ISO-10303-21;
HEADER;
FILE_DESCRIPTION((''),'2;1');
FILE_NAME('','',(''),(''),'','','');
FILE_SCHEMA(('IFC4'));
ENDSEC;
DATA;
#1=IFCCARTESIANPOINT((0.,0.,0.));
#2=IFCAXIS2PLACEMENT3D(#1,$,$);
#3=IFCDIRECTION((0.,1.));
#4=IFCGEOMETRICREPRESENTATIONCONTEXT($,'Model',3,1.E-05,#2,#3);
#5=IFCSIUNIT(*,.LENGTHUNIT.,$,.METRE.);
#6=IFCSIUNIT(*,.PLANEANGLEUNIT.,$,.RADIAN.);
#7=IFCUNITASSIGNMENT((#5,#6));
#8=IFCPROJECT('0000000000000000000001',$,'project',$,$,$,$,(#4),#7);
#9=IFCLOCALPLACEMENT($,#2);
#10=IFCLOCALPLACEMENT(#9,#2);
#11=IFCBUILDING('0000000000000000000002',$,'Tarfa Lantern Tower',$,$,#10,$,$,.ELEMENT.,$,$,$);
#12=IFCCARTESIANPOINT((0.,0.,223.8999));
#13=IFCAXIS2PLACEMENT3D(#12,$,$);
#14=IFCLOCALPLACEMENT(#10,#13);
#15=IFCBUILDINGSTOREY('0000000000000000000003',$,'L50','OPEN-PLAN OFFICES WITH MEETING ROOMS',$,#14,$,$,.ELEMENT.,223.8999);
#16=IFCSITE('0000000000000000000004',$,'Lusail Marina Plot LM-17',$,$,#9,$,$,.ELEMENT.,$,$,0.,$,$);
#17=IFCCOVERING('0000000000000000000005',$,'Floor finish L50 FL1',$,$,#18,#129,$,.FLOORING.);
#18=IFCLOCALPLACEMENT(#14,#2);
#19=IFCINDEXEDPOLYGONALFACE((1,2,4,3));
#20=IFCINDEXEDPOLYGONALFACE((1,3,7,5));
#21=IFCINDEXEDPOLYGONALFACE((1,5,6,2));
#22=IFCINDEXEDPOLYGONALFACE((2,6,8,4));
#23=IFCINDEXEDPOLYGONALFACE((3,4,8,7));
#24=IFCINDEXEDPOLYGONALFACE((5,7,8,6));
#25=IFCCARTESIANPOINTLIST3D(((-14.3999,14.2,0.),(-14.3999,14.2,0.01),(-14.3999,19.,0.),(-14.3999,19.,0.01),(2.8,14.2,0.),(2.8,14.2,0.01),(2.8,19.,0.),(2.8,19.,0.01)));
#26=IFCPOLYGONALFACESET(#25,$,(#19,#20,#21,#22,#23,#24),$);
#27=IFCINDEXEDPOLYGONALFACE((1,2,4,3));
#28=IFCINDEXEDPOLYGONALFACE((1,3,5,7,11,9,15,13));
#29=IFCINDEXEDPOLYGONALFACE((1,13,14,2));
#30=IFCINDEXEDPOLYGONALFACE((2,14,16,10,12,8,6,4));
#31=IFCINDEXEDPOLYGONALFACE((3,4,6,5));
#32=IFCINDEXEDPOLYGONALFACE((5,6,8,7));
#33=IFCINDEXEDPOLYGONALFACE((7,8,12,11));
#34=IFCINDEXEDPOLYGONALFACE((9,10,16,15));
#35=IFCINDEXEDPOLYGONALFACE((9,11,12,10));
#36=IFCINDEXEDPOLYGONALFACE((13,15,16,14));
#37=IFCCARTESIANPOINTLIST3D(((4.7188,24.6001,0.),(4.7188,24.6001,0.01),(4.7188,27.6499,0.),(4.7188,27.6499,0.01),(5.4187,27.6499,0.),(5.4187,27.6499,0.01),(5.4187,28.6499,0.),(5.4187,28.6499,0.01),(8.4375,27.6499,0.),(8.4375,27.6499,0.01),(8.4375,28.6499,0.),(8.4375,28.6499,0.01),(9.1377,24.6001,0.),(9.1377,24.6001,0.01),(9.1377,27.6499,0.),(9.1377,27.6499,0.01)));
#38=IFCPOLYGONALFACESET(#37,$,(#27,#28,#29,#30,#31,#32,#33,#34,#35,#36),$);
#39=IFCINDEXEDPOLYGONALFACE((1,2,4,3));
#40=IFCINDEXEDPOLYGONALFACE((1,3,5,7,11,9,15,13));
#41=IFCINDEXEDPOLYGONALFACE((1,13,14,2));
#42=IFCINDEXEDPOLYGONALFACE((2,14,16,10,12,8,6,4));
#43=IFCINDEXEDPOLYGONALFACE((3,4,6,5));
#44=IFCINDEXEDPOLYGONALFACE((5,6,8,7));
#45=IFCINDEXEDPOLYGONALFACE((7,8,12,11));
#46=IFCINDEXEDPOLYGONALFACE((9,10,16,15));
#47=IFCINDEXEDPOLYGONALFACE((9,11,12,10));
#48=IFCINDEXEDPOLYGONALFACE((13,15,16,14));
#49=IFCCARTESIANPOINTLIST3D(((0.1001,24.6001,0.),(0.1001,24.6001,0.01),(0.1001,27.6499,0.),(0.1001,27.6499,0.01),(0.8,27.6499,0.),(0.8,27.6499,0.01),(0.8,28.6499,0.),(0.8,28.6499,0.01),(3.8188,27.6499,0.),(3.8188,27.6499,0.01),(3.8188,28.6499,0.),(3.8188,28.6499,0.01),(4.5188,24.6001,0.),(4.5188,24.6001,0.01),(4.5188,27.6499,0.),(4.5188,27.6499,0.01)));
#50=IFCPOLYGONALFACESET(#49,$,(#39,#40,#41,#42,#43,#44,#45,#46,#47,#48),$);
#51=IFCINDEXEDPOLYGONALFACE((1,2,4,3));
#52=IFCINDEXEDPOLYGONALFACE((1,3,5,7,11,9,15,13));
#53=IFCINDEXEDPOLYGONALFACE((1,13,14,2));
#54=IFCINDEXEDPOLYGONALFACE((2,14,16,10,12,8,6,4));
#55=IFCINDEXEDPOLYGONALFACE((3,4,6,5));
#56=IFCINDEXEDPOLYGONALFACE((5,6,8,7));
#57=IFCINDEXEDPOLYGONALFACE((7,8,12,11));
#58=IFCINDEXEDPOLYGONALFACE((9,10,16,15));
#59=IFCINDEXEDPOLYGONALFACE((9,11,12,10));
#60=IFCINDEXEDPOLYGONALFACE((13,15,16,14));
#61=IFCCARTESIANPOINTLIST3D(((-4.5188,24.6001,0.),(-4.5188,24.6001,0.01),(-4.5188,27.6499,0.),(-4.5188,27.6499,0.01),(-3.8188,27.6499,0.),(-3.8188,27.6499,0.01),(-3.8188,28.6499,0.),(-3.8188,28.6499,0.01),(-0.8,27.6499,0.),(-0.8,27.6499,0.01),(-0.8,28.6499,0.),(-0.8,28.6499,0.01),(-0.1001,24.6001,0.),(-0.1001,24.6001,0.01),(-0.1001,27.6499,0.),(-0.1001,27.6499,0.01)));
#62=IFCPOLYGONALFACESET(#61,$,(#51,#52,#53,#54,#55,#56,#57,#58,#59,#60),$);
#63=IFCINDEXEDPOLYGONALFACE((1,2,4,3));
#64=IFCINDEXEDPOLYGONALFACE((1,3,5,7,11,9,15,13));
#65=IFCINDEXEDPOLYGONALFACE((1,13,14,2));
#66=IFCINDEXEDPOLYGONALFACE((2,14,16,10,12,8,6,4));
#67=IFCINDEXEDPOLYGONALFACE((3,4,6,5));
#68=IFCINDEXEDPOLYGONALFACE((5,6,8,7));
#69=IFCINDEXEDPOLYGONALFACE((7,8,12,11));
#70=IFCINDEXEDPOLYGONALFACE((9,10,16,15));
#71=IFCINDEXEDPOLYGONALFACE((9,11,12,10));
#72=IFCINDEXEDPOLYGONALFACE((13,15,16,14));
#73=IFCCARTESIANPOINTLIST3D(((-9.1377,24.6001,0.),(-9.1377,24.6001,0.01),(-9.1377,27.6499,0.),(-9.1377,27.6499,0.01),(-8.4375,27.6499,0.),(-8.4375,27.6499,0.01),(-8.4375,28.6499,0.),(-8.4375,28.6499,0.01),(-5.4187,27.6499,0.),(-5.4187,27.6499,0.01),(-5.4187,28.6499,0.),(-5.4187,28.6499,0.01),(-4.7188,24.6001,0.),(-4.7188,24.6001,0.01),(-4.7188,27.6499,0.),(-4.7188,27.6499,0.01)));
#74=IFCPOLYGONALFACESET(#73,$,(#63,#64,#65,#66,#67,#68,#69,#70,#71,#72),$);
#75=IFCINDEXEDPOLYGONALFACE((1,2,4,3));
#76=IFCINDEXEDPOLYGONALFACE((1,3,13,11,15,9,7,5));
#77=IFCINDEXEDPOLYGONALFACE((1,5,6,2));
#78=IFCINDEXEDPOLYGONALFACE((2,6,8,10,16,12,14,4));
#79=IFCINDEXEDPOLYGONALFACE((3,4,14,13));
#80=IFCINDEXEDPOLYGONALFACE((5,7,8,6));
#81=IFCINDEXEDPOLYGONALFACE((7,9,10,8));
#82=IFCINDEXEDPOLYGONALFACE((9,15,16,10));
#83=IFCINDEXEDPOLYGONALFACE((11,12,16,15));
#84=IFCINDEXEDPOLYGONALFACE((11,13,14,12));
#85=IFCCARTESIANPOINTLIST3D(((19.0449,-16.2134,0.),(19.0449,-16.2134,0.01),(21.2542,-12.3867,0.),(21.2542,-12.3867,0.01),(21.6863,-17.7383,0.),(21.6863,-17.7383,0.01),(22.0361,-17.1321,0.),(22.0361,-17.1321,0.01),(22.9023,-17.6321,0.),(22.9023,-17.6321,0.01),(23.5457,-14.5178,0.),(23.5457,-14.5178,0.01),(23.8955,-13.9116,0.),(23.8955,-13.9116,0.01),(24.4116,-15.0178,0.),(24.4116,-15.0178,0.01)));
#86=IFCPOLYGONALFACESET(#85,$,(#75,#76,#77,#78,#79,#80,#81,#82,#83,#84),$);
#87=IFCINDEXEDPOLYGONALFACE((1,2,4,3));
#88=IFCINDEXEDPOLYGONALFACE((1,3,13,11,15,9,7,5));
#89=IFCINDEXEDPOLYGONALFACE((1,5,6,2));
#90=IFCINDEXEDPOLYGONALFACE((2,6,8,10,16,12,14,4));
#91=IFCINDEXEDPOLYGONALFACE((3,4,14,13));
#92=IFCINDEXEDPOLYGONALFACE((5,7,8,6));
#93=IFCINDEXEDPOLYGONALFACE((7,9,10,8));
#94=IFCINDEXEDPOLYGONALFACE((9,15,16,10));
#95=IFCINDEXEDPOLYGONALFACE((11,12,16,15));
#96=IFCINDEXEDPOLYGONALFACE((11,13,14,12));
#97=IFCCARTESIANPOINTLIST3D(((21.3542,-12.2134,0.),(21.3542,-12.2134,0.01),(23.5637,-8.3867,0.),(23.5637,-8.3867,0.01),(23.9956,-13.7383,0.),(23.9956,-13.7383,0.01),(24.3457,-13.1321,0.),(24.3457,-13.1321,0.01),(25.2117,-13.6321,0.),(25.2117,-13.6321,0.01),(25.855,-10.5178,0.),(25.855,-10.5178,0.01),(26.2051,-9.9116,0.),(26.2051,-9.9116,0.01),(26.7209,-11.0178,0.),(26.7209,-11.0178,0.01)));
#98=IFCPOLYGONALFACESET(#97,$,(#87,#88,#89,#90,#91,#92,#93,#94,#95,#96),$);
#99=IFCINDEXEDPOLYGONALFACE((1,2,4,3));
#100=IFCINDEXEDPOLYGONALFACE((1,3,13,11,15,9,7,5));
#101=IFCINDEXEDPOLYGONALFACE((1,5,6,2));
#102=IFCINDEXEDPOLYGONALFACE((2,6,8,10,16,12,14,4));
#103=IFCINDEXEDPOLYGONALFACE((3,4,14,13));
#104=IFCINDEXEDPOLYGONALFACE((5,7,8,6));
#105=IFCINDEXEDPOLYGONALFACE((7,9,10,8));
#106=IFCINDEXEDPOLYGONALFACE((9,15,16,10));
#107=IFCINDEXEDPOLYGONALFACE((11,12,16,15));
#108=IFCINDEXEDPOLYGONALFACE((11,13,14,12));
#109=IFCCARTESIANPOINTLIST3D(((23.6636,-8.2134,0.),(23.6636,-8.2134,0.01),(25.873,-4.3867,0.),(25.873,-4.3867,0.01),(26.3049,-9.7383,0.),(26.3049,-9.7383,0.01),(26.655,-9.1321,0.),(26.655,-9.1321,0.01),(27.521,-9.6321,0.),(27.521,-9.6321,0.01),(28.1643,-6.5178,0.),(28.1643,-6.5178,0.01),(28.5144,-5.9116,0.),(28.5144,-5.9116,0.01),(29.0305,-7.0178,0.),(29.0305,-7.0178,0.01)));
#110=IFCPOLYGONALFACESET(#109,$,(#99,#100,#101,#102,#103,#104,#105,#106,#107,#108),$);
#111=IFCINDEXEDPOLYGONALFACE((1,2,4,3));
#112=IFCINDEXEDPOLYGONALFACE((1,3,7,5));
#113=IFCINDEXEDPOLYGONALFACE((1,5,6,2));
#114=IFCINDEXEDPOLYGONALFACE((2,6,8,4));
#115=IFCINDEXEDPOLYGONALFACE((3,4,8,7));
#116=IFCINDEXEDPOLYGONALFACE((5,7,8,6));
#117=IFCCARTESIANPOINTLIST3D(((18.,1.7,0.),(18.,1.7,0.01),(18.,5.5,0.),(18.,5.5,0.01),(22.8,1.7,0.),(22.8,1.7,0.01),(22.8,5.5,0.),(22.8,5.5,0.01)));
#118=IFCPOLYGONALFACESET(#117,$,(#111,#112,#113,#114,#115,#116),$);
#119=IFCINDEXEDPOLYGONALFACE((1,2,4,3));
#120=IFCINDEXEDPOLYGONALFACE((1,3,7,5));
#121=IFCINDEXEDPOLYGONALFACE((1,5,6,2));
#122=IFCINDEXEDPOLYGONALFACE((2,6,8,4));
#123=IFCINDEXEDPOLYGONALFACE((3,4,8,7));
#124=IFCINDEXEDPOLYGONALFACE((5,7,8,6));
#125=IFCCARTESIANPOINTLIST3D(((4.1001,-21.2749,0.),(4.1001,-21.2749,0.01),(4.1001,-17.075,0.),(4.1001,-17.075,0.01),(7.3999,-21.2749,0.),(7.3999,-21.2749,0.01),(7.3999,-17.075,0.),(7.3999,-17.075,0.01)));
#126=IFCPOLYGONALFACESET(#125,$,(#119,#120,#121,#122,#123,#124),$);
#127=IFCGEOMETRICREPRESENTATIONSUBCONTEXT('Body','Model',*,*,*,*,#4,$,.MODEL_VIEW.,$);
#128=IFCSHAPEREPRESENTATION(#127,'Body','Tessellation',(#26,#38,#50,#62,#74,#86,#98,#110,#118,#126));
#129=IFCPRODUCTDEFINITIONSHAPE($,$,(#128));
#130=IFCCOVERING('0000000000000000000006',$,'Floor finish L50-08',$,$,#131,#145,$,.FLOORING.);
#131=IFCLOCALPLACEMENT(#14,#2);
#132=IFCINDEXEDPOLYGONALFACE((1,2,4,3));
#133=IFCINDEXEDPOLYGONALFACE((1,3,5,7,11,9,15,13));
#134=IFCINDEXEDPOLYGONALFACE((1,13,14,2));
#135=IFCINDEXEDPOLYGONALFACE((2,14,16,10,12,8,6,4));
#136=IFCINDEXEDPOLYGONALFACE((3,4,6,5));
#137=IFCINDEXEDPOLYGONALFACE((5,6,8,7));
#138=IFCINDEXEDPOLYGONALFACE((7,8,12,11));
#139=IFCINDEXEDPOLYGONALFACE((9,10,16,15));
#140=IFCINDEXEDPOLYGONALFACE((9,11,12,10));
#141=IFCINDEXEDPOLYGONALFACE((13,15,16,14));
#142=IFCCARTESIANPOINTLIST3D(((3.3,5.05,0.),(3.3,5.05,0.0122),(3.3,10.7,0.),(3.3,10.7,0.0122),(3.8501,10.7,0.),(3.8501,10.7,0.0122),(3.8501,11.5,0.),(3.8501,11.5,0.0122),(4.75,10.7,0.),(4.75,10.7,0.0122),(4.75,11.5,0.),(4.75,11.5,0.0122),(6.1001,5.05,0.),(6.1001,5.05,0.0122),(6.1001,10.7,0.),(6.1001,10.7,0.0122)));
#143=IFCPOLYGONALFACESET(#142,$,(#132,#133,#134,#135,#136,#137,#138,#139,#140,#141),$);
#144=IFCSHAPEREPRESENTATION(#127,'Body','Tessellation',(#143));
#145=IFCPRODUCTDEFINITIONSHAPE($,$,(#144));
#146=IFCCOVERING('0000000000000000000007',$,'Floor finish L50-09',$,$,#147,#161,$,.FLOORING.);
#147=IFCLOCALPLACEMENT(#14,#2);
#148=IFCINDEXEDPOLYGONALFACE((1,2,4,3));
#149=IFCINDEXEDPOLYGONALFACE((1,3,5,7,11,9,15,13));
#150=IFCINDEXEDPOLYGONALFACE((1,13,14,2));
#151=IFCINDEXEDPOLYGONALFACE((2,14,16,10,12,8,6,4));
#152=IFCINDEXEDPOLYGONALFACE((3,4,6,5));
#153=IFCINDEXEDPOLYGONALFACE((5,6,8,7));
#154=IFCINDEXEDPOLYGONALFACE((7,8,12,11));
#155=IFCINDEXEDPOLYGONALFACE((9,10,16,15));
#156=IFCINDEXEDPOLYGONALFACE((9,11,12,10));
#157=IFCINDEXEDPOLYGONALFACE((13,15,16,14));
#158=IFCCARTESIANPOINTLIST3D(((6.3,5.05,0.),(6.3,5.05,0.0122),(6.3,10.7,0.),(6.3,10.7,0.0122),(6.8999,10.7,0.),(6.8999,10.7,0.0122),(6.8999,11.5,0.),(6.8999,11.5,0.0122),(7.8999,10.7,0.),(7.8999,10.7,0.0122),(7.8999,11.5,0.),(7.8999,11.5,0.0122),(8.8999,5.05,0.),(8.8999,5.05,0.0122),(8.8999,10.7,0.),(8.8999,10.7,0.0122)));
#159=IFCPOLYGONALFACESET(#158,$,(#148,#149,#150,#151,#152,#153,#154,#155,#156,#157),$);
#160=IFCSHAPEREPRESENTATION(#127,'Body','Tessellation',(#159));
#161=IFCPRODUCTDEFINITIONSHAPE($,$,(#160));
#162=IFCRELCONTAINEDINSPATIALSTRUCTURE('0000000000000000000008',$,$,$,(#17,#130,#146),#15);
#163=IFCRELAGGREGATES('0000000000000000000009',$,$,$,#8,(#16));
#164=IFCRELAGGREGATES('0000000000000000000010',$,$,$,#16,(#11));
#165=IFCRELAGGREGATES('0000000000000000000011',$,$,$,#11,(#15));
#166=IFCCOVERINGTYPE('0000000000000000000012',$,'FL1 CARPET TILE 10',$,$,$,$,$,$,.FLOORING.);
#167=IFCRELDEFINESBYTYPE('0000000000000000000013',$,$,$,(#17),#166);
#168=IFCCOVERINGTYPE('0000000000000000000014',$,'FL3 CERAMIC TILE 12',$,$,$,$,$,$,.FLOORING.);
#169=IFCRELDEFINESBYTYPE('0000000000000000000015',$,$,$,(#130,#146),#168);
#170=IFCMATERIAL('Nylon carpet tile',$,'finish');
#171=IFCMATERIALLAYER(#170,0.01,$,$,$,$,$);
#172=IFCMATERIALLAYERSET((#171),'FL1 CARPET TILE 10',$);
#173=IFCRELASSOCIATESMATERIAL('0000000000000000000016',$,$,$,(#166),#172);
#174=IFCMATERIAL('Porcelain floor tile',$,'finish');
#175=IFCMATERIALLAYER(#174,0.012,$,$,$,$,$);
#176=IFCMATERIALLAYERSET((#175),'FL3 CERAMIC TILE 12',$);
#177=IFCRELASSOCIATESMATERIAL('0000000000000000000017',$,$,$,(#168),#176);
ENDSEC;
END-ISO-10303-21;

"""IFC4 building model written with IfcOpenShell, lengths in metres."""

from ifc_helpers import new_model, si_unit, direction, frame, origin, place, context, subcontext, project, spatial, polyline, outline, extrude, material, layer, layer_set, type_object, element, save


model = new_model("IFC4")

# Units and contexts
model_context = context("Model", 3, precision=1e-05, world=origin(), true_north=direction((0.0, 1.0)))
body_context = subcontext(model_context, "Body", "Model", "MODEL_VIEW")
ifc_project = project(units=[si_unit("LENGTHUNIT", "METRE"), si_unit("PLANEANGLEUNIT", "RADIAN")], contexts=[model_context])

# Site, building, storey
site_placement = place(None, origin())
site = spatial("IfcSite", under=ifc_project, at=site_placement, Name="Lusail Marina Plot LM-17", CompositionType="ELEMENT", RefElevation=0.0)
building_placement = place(site_placement, origin())
building = spatial("IfcBuilding", under=site, at=building_placement, Name="Tarfa Lantern Tower", CompositionType="ELEMENT")
storey_placement = place(building_placement, frame((0.0, 0.0, 223.8999)))
storey = spatial("IfcBuildingStorey", under=building, at=storey_placement, Name="L50", Description="OPEN-PLAN OFFICES WITH MEETING ROOMS", CompositionType="ELEMENT", Elevation=223.8999)

# Coverings
ifc_material_1 = material(Name="Nylon carpet tile", Category="finish")
ifc_layer_1 = layer(ifc_material_1, 0.01)
ifc_layer_set_1 = layer_set([ifc_layer_1], Name="FL1 CARPET TILE 10")
covering_type_1 = type_object("IfcCoveringType", Name="FL1 CARPET TILE 10", PredefinedType="FLOORING", material=ifc_layer_set_1)
covering_1_placement = place(storey_placement, origin())
element("IfcCovering", 1, at=covering_1_placement, inside=storey, type_object=covering_type_1, Name="Floor finish L50 FL1", PredefinedType="FLOORING", context=body_context, shape_type="SweptSolid", body=[
    extrude(outline(polyline([(-14.3999, 19.0), (2.8, 19.0), (2.8, 14.2), (-14.3999, 14.2), (-14.3999, 19.0)])), origin(), (0.0, 0.0, 1.0), 0.01),
    extrude(outline(polyline([(9.1377, 24.6001), (4.7188, 24.6001), (4.7188, 27.6499), (5.4187, 27.6499), (5.4187, 28.6499), (8.4375, 28.6499), (8.4375, 27.6499), (9.1377, 27.6499), (9.1377, 24.6001)])), origin(), (0.0, 0.0, 1.0), 0.01),
    extrude(outline(polyline([(4.5188, 24.6001), (0.1001, 24.6001), (0.1001, 27.6499), (0.8, 27.6499), (0.8, 28.6499), (3.8188, 28.6499), (3.8188, 27.6499), (4.5188, 27.6499), (4.5188, 24.6001)])), origin(), (0.0, 0.0, 1.0), 0.01),
    extrude(outline(polyline([(-0.1001, 24.6001), (-4.5188, 24.6001), (-4.5188, 27.6499), (-3.8188, 27.6499), (-3.8188, 28.6499), (-0.8, 28.6499), (-0.8, 27.6499), (-0.1001, 27.6499), (-0.1001, 24.6001)])), origin(), (0.0, 0.0, 1.0), 0.01),
    extrude(outline(polyline([(-4.7188, 24.6001), (-9.1377, 24.6001), (-9.1377, 27.6499), (-8.4375, 27.6499), (-8.4375, 28.6499), (-5.4187, 28.6499), (-5.4187, 27.6499), (-4.7188, 27.6499), (-4.7188, 24.6001)])), origin(), (0.0, 0.0, 1.0), 0.01),
    extrude(outline(polyline([(21.2542, -12.3867), (23.8955, -13.9116), (23.5457, -14.5178), (24.4116, -15.0178), (22.9023, -17.6321), (22.0361, -17.1321), (21.6863, -17.7383), (19.0449, -16.2134), (21.2542, -12.3867)])), origin(), (0.0, 0.0, 1.0), 0.01),
    extrude(outline(polyline([(23.5637, -8.3867), (26.2051, -9.9116), (25.855, -10.5178), (26.7209, -11.0178), (25.2117, -13.6321), (24.3457, -13.1321), (23.9956, -13.7383), (21.3542, -12.2134), (23.5637, -8.3867)])), origin(), (0.0, 0.0, 1.0), 0.01),
    extrude(outline(polyline([(25.873, -4.3867), (28.5144, -5.9116), (28.1643, -6.5178), (29.0305, -7.0178), (27.521, -9.6321), (26.655, -9.1321), (26.3049, -9.7383), (23.6636, -8.2134), (25.873, -4.3867)])), origin(), (0.0, 0.0, 1.0), 0.01),
    extrude(outline(polyline([(18.0, 5.5), (22.8, 5.5), (22.8, 1.7), (18.0, 1.7), (18.0, 5.5)])), origin(), (0.0, 0.0, 1.0), 0.01),
    extrude(outline(polyline([(7.3999, -21.2749), (4.1001, -21.2749), (4.1001, -17.075), (7.3999, -17.075), (7.3999, -21.2749)])), origin(), (0.0, 0.0, 1.0), 0.01),
])
ifc_material_2 = material(Name="Porcelain floor tile", Category="finish")
ifc_layer_2 = layer(ifc_material_2, 0.012)
ifc_layer_set_2 = layer_set([ifc_layer_2], Name="FL3 CERAMIC TILE 12")
covering_type_2 = type_object("IfcCoveringType", Name="FL3 CERAMIC TILE 12", PredefinedType="FLOORING", material=ifc_layer_set_2)
covering_2_placement = place(storey_placement, origin())
element("IfcCovering", 2, at=covering_2_placement, inside=storey, type_object=covering_type_2, Name="Floor finish L50-08", PredefinedType="FLOORING", context=body_context, shape_type="SweptSolid", body=[
    extrude(outline(polyline([(3.3, 5.05), (6.1001, 5.05), (6.1001, 10.7), (4.75, 10.7), (4.75, 11.5), (3.8501, 11.5), (3.8501, 10.7), (3.3, 10.7), (3.3, 5.05)])), origin(), (0.0, 0.0, 1.0), 0.0122),
])
covering_3_placement = place(storey_placement, origin())
element("IfcCovering", 3, at=covering_3_placement, inside=storey, type_object=covering_type_2, Name="Floor finish L50-09", PredefinedType="FLOORING", context=body_context, shape_type="SweptSolid", body=[
    extrude(outline(polyline([(6.3, 5.05), (8.8999, 5.05), (8.8999, 10.7), (7.8999, 10.7), (7.8999, 11.5), (6.8999, 11.5), (6.8999, 10.7), (6.3, 10.7), (6.3, 5.05)])), origin(), (0.0, 0.0, 1.0), 0.0122),
])

save(model, "model.ifc")
